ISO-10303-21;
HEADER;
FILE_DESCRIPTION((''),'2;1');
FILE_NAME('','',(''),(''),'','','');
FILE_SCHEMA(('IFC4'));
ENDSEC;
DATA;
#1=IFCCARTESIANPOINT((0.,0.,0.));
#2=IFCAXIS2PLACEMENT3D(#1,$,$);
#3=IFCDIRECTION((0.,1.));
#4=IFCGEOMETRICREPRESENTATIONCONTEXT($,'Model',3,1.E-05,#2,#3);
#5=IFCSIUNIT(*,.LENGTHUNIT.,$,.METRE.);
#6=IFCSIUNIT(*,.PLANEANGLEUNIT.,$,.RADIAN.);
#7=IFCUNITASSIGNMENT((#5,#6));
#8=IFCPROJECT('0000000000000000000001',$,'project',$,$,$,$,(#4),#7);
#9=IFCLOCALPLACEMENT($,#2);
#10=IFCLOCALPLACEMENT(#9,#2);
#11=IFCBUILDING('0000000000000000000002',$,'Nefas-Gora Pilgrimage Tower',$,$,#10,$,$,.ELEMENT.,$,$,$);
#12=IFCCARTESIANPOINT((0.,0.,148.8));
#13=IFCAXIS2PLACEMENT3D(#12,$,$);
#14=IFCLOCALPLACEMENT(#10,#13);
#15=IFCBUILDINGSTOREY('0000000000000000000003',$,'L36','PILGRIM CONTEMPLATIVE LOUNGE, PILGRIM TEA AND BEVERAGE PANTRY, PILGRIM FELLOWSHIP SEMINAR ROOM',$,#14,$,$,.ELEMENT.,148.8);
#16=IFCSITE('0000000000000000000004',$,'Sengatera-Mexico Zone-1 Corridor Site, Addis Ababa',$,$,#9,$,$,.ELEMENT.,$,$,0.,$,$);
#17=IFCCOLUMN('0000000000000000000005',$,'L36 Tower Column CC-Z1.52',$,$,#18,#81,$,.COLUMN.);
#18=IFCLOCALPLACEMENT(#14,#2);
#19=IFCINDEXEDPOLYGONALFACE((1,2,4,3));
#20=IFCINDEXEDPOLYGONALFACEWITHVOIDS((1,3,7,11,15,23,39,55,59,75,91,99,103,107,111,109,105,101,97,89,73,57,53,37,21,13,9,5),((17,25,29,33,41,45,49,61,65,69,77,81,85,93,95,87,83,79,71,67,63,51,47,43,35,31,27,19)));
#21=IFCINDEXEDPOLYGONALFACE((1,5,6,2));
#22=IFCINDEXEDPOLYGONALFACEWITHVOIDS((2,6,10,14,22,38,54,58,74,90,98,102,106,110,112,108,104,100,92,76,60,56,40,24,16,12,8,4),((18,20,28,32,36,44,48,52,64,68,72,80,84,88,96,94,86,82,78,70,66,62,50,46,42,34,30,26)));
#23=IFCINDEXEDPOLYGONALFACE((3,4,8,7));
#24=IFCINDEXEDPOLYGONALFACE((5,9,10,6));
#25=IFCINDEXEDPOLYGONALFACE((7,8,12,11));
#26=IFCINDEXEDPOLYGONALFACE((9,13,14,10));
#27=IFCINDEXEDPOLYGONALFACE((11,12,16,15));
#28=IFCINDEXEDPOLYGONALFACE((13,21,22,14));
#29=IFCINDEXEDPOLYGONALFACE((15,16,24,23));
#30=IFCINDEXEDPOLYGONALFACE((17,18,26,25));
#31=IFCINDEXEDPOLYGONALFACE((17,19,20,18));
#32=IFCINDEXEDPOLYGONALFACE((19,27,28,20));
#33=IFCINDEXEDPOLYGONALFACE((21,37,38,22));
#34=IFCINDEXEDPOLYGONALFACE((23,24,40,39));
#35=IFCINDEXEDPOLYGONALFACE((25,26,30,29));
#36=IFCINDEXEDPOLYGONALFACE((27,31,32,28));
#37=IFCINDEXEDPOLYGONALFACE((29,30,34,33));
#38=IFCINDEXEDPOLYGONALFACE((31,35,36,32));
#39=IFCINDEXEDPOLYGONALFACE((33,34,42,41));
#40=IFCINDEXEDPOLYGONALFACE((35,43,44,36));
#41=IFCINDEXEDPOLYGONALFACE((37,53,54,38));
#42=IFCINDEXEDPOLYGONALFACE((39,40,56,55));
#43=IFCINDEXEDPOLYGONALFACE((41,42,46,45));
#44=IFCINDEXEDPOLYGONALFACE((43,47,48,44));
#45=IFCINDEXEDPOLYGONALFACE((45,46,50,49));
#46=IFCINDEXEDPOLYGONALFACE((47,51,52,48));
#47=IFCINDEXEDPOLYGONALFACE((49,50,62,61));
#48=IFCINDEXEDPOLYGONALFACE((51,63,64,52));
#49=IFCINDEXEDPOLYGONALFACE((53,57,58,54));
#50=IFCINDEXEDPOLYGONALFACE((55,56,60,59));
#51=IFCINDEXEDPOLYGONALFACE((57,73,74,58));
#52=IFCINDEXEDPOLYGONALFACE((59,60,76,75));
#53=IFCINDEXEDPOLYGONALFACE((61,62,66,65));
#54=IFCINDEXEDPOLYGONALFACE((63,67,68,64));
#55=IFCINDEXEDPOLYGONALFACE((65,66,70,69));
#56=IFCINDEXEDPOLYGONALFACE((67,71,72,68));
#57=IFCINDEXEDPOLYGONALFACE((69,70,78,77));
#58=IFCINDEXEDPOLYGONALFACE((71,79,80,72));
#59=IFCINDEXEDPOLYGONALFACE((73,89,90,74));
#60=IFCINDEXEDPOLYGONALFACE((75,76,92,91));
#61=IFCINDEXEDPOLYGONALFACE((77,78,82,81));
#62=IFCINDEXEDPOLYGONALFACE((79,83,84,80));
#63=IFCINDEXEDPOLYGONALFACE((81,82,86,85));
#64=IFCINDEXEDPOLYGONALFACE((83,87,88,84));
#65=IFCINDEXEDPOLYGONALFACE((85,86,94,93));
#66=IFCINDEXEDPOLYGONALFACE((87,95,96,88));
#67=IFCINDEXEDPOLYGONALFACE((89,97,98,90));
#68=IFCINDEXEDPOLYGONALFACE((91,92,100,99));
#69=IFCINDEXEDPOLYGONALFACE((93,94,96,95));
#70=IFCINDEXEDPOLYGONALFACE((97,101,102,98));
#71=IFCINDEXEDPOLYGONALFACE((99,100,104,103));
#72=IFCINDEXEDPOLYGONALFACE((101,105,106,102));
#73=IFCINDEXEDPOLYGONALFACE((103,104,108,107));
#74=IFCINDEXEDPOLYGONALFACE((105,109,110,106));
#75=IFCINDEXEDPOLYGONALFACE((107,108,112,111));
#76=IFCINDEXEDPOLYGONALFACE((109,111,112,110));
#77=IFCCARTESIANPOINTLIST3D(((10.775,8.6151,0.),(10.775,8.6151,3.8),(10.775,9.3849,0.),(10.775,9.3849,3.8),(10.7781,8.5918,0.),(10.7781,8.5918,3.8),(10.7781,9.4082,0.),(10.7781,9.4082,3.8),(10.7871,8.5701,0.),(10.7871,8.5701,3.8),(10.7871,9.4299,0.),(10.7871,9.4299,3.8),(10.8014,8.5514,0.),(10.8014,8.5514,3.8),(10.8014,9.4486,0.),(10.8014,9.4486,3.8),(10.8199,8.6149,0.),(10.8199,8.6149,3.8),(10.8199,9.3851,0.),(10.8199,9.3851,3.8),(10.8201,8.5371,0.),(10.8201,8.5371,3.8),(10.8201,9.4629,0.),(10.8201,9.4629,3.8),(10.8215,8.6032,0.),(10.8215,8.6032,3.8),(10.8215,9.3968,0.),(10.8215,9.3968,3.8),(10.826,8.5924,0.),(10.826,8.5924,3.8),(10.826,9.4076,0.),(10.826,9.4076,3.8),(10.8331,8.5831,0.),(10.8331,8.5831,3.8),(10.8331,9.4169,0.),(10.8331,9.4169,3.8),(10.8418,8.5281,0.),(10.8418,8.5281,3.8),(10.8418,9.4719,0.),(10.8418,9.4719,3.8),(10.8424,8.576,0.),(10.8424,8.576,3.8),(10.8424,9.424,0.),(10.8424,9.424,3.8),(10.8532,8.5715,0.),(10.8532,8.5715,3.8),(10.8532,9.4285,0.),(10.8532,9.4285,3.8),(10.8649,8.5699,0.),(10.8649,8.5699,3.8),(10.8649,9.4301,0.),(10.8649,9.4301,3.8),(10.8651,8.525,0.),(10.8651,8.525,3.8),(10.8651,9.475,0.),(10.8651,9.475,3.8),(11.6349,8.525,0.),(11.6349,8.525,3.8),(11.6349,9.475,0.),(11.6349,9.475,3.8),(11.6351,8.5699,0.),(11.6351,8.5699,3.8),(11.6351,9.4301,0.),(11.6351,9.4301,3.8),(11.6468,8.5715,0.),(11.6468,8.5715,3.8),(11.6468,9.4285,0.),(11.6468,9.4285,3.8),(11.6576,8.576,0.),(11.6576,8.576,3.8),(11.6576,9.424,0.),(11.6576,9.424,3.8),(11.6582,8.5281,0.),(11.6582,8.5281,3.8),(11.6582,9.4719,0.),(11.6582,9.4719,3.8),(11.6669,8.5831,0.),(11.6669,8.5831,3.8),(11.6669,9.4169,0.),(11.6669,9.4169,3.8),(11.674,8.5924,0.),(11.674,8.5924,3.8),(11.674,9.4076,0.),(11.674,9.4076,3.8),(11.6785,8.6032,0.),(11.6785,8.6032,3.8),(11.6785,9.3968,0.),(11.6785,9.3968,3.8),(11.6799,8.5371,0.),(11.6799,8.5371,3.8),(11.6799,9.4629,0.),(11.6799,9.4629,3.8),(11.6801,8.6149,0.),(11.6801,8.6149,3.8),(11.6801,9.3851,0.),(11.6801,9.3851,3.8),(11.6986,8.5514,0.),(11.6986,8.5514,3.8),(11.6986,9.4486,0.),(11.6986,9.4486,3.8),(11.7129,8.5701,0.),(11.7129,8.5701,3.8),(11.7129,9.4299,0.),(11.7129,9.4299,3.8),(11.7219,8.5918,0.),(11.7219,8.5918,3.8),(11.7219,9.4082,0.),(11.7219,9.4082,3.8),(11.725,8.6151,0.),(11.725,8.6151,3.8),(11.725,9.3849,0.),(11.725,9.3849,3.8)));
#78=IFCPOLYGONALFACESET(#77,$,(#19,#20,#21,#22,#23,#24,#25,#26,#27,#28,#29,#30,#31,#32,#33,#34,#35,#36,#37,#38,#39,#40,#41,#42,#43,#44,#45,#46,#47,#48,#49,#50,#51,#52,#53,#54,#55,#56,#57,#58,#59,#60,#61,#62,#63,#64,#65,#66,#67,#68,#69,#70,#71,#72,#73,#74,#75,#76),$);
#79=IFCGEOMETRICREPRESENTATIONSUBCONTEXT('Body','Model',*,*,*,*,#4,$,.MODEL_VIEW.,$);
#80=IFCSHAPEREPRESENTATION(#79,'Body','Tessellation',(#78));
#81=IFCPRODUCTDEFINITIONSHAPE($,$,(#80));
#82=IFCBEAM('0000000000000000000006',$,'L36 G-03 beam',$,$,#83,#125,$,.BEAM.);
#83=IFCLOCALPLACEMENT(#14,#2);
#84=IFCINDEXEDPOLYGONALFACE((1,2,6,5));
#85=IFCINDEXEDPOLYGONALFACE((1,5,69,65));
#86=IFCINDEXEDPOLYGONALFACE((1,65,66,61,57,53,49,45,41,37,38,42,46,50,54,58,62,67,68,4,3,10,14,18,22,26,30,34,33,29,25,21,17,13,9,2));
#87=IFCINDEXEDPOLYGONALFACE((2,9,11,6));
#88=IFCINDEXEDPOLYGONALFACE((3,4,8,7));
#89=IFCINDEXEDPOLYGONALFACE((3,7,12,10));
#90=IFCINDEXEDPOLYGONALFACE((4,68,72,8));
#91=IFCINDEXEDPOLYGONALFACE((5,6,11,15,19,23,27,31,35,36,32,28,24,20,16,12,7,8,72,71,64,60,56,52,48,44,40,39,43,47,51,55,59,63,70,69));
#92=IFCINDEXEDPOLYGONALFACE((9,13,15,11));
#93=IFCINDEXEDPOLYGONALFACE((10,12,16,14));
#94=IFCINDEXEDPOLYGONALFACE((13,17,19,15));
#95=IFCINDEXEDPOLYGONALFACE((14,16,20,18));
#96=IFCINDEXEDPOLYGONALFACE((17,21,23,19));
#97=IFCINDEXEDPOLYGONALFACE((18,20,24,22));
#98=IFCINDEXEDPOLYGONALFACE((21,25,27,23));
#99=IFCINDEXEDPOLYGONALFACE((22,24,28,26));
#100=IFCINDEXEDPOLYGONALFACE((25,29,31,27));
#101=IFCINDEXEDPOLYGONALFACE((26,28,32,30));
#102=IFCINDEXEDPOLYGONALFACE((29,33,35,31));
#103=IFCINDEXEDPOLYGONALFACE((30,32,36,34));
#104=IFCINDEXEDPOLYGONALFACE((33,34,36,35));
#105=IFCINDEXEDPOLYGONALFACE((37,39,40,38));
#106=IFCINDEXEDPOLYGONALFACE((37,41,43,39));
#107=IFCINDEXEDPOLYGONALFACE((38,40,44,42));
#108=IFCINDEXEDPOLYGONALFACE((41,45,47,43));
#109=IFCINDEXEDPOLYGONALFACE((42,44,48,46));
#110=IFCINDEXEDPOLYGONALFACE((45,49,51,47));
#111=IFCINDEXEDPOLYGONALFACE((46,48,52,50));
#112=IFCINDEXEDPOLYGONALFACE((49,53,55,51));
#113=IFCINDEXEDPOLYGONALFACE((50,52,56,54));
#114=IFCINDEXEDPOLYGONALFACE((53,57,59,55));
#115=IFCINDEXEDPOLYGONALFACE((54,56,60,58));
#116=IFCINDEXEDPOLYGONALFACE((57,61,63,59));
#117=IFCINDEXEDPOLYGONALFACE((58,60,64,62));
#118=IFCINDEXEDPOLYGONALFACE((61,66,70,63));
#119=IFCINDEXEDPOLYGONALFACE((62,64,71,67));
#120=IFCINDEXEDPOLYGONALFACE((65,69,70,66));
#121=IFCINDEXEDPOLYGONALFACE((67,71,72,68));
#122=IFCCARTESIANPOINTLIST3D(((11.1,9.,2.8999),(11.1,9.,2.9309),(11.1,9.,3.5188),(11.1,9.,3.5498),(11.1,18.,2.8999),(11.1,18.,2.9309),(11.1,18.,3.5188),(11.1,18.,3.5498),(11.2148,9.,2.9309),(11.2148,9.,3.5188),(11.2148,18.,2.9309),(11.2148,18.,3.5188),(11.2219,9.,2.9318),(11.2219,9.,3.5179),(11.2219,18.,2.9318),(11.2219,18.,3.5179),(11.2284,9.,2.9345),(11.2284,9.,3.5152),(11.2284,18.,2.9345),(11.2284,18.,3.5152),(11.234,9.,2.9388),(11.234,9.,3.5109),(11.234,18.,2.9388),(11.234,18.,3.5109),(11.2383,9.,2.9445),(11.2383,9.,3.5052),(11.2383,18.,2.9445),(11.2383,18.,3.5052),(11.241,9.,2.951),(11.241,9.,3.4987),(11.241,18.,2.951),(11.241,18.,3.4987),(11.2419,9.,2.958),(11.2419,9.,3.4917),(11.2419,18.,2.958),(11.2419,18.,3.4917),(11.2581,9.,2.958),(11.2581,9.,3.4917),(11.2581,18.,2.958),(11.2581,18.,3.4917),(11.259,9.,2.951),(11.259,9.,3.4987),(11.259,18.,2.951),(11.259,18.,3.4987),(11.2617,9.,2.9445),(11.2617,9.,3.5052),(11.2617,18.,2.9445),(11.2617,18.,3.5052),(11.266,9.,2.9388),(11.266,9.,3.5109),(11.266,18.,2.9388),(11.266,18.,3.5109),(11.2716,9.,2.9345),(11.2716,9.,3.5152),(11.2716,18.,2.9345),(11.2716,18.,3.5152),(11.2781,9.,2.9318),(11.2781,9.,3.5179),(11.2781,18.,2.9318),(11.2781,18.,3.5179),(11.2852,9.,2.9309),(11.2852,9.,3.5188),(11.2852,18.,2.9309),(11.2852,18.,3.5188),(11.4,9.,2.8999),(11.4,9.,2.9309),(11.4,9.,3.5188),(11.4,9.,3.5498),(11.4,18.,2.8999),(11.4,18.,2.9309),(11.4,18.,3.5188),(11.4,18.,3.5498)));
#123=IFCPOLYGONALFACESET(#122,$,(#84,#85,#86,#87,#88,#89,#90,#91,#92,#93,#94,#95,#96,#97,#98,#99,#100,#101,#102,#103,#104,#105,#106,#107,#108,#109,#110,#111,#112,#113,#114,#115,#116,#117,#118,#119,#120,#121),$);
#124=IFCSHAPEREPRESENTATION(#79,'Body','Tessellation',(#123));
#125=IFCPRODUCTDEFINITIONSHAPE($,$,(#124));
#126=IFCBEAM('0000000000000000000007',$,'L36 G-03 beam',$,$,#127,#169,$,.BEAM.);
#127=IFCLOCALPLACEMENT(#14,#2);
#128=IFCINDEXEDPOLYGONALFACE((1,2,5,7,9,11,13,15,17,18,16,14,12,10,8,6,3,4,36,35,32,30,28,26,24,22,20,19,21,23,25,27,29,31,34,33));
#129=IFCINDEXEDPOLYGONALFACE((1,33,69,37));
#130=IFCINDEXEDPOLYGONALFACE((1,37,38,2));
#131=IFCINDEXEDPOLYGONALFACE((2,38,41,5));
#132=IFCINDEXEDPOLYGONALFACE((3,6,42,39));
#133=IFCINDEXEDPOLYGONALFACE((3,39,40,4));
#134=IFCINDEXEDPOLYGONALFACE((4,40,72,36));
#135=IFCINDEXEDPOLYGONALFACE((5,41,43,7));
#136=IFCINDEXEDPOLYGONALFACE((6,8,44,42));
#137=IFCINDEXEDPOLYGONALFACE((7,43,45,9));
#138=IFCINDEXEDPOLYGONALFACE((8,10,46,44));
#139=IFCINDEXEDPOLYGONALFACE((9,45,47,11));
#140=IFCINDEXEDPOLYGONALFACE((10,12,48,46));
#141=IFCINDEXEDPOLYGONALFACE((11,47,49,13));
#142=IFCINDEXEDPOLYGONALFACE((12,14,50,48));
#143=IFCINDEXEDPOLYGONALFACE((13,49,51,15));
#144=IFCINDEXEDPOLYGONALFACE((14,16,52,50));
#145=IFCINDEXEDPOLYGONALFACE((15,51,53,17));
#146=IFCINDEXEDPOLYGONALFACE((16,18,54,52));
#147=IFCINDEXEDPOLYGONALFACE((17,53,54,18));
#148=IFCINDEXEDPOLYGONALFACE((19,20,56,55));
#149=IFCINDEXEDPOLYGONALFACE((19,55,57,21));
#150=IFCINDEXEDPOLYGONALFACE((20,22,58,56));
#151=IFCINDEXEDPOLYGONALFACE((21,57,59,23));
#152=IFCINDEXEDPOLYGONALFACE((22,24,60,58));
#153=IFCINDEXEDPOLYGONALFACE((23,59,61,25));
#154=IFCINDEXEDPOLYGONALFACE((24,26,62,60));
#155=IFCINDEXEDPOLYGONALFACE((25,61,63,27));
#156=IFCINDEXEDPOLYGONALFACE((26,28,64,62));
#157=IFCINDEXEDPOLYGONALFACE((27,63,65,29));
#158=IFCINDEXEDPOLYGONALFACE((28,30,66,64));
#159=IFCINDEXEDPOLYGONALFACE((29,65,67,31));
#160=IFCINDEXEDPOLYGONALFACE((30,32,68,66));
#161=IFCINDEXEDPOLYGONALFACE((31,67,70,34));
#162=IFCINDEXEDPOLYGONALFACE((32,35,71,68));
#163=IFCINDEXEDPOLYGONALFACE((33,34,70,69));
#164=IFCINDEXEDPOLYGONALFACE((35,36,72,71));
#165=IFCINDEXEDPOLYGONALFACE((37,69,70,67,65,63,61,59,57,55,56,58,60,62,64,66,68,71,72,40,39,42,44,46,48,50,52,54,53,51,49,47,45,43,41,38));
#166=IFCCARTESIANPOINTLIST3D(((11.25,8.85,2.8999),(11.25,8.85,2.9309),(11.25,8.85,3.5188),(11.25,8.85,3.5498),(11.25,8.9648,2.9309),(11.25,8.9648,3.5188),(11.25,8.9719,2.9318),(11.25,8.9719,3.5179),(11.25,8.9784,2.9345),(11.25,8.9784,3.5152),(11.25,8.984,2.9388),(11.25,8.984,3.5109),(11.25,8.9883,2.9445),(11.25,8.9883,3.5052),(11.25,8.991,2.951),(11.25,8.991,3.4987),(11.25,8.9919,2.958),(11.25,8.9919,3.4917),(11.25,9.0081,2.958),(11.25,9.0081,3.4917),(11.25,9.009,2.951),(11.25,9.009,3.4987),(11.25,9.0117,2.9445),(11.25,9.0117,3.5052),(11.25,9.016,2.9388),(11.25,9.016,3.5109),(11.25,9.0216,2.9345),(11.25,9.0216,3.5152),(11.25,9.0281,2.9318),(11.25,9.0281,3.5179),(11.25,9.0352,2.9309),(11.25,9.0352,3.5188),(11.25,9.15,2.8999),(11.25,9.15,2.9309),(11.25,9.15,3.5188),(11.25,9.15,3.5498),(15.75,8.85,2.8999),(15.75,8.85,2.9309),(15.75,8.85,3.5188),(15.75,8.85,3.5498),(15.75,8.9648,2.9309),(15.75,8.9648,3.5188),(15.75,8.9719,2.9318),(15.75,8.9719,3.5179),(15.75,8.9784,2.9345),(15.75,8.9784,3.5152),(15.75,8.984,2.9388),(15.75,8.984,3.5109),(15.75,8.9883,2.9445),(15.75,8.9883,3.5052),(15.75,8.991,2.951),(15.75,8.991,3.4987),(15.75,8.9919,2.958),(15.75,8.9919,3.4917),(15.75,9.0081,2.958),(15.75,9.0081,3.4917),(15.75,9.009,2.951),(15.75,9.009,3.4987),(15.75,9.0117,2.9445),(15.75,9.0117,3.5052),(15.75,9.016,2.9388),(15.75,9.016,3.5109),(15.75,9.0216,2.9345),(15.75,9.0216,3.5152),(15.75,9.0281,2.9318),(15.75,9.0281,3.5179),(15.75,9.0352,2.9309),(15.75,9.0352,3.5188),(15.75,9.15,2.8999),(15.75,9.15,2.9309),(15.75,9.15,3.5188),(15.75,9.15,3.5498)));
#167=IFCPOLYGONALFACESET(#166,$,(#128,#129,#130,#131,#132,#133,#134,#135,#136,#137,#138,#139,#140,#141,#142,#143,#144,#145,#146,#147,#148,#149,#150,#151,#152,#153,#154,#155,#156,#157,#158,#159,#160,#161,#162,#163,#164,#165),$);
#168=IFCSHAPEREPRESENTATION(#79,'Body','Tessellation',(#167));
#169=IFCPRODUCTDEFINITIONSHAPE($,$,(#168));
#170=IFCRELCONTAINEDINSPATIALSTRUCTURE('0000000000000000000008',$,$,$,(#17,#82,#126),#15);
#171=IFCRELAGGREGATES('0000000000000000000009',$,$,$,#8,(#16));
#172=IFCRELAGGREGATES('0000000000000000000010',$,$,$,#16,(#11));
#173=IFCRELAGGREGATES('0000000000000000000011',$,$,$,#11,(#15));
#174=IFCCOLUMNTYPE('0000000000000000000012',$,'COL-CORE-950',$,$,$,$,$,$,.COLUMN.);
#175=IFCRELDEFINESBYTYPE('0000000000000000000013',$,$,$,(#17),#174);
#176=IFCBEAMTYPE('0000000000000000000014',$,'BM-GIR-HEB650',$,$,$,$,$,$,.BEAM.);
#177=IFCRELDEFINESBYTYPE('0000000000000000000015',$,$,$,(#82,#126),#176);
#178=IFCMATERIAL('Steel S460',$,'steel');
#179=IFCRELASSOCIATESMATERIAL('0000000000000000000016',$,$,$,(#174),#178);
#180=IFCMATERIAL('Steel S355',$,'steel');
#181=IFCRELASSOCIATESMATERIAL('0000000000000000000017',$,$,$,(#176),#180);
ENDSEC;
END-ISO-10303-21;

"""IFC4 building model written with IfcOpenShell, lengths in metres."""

from ifc_helpers import new_model, si_unit, direction, frame, origin, origin_2d, place, context, subcontext, project, spatial, hollow_rectangle, i_section, extrude, source, transform, mapped, material, material_profile, profile_set, type_object, element, save


model = new_model("IFC4")

# Units and contexts
model_context = context("Model", 3, precision=1e-05, world=origin(), true_north=direction((0.0, 1.0)))
body_context = subcontext(model_context, "Body", "Model", "MODEL_VIEW")
ifc_project = project(units=[si_unit("LENGTHUNIT", "METRE"), si_unit("PLANEANGLEUNIT", "RADIAN")], contexts=[model_context])

# Site, building, storey
site_placement = place(None, origin())
site = spatial("IfcSite", under=ifc_project, at=site_placement, Name="Sengatera-Mexico Zone-1 Corridor Site, Addis Ababa", CompositionType="ELEMENT", RefElevation=0.0)
building_placement = place(site_placement, origin())
building = spatial("IfcBuilding", under=site, at=building_placement, Name="Nefas-Gora Pilgrimage Tower", CompositionType="ELEMENT")
storey_placement = place(building_placement, frame((0.0, 0.0, 148.8)))
storey = spatial("IfcBuildingStorey", under=building, at=storey_placement, Name="L36", Description="PILGRIM CONTEMPLATIVE LOUNGE, PILGRIM TEA AND BEVERAGE PANTRY, PILGRIM FELLOWSHIP SEMINAR ROOM", CompositionType="ELEMENT", Elevation=148.8)

# Column
ifc_material_1 = material(Name="Steel S460", Category="steel")
ifc_material_profile_1 = material_profile(ifc_material_1, hollow_rectangle(XDim=0.95, YDim=0.95, WallThickness=0.0449, InnerFilletRadius=0.0449, OuterFilletRadius=0.0901, at=origin_2d()), Name="BOX 950x950x45")
ifc_profile_set_1 = profile_set([ifc_material_profile_1], Name="Steel S460")
column_type = type_object("IfcColumnType", Name="COL-CORE-950", PredefinedType="COLUMN", material=ifc_profile_set_1)
shared_shape_1 = source(origin(), body_context, "Body", "SweptSolid", [
    extrude(hollow_rectangle(XDim=0.95, YDim=0.95, WallThickness=0.0449, InnerFilletRadius=0.0449, OuterFilletRadius=0.0901, at=origin_2d()), origin(), (0.0, 0.0, 1.0), 3.8),
])
column_placement = place(storey_placement, frame((11.25, 9.0, 0.0), z_axis=(0.0, 0.0, 1.0), x_axis=(1.0, 0.0, 0.0)))
element("IfcColumn", 1, at=column_placement, inside=storey, type_object=column_type, Name="L36 Tower Column CC-Z1.52", PredefinedType="COLUMN", context=body_context, shape_type="MappedRepresentation", body=[
    mapped(shared_shape_1, transform((0.0, 0.0, 0.0), x_axis=(1.0, 0.0, 0.0), y_axis=(0.0, 1.0, 0.0), z_axis=(0.0, 0.0, 1.0), scale=1.0)),
])

# Beams
ifc_material_2 = material(Name="Steel S355", Category="steel")
ifc_material_profile_2 = material_profile(ifc_material_2, i_section(OverallWidth=0.3, OverallDepth=0.6499, WebThickness=0.0161, FlangeThickness=0.031, FilletRadius=0.0271, at=origin_2d()), Name="HEB 650")
ifc_profile_set_2 = profile_set([ifc_material_profile_2], Name="Steel S355")
beam_type = type_object("IfcBeamType", Name="BM-GIR-HEB650", PredefinedType="BEAM", material=ifc_profile_set_2)
shared_shape_2 = source(origin(), body_context, "Body", "SweptSolid", [
    extrude(i_section(OverallWidth=0.3, OverallDepth=0.6499, WebThickness=0.0161, FlangeThickness=0.031, FilletRadius=0.0271, at=origin_2d()), origin(), (0.0, 0.0, 1.0), 9.0),
])
beam_1_placement = place(storey_placement, frame((11.25, 9.0, 3.2249), z_axis=(0.0, 1.0, 0.0), x_axis=(-1.0, 0.0, 0.0)))
element("IfcBeam", 2, at=beam_1_placement, inside=storey, type_object=beam_type, Name="L36 G-03 beam", PredefinedType="BEAM", context=body_context, shape_type="MappedRepresentation", body=[
    mapped(shared_shape_2, transform((0.0, 0.0, 0.0), x_axis=(1.0, 0.0, 0.0), y_axis=(0.0, 1.0, 0.0), z_axis=(0.0, 0.0, 1.0), scale=1.0)),
])
shared_shape_3 = source(origin(), body_context, "Body", "SweptSolid", [
    extrude(i_section(OverallWidth=0.3, OverallDepth=0.6499, WebThickness=0.0161, FlangeThickness=0.031, FilletRadius=0.0271, at=origin_2d()), origin(), (0.0, 0.0, 1.0), 4.5),
])
beam_2_placement = place(storey_placement, frame((11.25, 9.0, 3.2249), z_axis=(1.0, 0.0, 0.0), x_axis=(0.0, 1.0, 0.0)))
element("IfcBeam", 3, at=beam_2_placement, inside=storey, type_object=beam_type, Name="L36 G-03 beam", PredefinedType="BEAM", context=body_context, shape_type="MappedRepresentation", body=[
    mapped(shared_shape_3, transform((0.0, 0.0, 0.0), x_axis=(1.0, 0.0, 0.0), y_axis=(0.0, 1.0, 0.0), z_axis=(0.0, 0.0, 1.0), scale=1.0)),
])

save(model, "model.ifc")
